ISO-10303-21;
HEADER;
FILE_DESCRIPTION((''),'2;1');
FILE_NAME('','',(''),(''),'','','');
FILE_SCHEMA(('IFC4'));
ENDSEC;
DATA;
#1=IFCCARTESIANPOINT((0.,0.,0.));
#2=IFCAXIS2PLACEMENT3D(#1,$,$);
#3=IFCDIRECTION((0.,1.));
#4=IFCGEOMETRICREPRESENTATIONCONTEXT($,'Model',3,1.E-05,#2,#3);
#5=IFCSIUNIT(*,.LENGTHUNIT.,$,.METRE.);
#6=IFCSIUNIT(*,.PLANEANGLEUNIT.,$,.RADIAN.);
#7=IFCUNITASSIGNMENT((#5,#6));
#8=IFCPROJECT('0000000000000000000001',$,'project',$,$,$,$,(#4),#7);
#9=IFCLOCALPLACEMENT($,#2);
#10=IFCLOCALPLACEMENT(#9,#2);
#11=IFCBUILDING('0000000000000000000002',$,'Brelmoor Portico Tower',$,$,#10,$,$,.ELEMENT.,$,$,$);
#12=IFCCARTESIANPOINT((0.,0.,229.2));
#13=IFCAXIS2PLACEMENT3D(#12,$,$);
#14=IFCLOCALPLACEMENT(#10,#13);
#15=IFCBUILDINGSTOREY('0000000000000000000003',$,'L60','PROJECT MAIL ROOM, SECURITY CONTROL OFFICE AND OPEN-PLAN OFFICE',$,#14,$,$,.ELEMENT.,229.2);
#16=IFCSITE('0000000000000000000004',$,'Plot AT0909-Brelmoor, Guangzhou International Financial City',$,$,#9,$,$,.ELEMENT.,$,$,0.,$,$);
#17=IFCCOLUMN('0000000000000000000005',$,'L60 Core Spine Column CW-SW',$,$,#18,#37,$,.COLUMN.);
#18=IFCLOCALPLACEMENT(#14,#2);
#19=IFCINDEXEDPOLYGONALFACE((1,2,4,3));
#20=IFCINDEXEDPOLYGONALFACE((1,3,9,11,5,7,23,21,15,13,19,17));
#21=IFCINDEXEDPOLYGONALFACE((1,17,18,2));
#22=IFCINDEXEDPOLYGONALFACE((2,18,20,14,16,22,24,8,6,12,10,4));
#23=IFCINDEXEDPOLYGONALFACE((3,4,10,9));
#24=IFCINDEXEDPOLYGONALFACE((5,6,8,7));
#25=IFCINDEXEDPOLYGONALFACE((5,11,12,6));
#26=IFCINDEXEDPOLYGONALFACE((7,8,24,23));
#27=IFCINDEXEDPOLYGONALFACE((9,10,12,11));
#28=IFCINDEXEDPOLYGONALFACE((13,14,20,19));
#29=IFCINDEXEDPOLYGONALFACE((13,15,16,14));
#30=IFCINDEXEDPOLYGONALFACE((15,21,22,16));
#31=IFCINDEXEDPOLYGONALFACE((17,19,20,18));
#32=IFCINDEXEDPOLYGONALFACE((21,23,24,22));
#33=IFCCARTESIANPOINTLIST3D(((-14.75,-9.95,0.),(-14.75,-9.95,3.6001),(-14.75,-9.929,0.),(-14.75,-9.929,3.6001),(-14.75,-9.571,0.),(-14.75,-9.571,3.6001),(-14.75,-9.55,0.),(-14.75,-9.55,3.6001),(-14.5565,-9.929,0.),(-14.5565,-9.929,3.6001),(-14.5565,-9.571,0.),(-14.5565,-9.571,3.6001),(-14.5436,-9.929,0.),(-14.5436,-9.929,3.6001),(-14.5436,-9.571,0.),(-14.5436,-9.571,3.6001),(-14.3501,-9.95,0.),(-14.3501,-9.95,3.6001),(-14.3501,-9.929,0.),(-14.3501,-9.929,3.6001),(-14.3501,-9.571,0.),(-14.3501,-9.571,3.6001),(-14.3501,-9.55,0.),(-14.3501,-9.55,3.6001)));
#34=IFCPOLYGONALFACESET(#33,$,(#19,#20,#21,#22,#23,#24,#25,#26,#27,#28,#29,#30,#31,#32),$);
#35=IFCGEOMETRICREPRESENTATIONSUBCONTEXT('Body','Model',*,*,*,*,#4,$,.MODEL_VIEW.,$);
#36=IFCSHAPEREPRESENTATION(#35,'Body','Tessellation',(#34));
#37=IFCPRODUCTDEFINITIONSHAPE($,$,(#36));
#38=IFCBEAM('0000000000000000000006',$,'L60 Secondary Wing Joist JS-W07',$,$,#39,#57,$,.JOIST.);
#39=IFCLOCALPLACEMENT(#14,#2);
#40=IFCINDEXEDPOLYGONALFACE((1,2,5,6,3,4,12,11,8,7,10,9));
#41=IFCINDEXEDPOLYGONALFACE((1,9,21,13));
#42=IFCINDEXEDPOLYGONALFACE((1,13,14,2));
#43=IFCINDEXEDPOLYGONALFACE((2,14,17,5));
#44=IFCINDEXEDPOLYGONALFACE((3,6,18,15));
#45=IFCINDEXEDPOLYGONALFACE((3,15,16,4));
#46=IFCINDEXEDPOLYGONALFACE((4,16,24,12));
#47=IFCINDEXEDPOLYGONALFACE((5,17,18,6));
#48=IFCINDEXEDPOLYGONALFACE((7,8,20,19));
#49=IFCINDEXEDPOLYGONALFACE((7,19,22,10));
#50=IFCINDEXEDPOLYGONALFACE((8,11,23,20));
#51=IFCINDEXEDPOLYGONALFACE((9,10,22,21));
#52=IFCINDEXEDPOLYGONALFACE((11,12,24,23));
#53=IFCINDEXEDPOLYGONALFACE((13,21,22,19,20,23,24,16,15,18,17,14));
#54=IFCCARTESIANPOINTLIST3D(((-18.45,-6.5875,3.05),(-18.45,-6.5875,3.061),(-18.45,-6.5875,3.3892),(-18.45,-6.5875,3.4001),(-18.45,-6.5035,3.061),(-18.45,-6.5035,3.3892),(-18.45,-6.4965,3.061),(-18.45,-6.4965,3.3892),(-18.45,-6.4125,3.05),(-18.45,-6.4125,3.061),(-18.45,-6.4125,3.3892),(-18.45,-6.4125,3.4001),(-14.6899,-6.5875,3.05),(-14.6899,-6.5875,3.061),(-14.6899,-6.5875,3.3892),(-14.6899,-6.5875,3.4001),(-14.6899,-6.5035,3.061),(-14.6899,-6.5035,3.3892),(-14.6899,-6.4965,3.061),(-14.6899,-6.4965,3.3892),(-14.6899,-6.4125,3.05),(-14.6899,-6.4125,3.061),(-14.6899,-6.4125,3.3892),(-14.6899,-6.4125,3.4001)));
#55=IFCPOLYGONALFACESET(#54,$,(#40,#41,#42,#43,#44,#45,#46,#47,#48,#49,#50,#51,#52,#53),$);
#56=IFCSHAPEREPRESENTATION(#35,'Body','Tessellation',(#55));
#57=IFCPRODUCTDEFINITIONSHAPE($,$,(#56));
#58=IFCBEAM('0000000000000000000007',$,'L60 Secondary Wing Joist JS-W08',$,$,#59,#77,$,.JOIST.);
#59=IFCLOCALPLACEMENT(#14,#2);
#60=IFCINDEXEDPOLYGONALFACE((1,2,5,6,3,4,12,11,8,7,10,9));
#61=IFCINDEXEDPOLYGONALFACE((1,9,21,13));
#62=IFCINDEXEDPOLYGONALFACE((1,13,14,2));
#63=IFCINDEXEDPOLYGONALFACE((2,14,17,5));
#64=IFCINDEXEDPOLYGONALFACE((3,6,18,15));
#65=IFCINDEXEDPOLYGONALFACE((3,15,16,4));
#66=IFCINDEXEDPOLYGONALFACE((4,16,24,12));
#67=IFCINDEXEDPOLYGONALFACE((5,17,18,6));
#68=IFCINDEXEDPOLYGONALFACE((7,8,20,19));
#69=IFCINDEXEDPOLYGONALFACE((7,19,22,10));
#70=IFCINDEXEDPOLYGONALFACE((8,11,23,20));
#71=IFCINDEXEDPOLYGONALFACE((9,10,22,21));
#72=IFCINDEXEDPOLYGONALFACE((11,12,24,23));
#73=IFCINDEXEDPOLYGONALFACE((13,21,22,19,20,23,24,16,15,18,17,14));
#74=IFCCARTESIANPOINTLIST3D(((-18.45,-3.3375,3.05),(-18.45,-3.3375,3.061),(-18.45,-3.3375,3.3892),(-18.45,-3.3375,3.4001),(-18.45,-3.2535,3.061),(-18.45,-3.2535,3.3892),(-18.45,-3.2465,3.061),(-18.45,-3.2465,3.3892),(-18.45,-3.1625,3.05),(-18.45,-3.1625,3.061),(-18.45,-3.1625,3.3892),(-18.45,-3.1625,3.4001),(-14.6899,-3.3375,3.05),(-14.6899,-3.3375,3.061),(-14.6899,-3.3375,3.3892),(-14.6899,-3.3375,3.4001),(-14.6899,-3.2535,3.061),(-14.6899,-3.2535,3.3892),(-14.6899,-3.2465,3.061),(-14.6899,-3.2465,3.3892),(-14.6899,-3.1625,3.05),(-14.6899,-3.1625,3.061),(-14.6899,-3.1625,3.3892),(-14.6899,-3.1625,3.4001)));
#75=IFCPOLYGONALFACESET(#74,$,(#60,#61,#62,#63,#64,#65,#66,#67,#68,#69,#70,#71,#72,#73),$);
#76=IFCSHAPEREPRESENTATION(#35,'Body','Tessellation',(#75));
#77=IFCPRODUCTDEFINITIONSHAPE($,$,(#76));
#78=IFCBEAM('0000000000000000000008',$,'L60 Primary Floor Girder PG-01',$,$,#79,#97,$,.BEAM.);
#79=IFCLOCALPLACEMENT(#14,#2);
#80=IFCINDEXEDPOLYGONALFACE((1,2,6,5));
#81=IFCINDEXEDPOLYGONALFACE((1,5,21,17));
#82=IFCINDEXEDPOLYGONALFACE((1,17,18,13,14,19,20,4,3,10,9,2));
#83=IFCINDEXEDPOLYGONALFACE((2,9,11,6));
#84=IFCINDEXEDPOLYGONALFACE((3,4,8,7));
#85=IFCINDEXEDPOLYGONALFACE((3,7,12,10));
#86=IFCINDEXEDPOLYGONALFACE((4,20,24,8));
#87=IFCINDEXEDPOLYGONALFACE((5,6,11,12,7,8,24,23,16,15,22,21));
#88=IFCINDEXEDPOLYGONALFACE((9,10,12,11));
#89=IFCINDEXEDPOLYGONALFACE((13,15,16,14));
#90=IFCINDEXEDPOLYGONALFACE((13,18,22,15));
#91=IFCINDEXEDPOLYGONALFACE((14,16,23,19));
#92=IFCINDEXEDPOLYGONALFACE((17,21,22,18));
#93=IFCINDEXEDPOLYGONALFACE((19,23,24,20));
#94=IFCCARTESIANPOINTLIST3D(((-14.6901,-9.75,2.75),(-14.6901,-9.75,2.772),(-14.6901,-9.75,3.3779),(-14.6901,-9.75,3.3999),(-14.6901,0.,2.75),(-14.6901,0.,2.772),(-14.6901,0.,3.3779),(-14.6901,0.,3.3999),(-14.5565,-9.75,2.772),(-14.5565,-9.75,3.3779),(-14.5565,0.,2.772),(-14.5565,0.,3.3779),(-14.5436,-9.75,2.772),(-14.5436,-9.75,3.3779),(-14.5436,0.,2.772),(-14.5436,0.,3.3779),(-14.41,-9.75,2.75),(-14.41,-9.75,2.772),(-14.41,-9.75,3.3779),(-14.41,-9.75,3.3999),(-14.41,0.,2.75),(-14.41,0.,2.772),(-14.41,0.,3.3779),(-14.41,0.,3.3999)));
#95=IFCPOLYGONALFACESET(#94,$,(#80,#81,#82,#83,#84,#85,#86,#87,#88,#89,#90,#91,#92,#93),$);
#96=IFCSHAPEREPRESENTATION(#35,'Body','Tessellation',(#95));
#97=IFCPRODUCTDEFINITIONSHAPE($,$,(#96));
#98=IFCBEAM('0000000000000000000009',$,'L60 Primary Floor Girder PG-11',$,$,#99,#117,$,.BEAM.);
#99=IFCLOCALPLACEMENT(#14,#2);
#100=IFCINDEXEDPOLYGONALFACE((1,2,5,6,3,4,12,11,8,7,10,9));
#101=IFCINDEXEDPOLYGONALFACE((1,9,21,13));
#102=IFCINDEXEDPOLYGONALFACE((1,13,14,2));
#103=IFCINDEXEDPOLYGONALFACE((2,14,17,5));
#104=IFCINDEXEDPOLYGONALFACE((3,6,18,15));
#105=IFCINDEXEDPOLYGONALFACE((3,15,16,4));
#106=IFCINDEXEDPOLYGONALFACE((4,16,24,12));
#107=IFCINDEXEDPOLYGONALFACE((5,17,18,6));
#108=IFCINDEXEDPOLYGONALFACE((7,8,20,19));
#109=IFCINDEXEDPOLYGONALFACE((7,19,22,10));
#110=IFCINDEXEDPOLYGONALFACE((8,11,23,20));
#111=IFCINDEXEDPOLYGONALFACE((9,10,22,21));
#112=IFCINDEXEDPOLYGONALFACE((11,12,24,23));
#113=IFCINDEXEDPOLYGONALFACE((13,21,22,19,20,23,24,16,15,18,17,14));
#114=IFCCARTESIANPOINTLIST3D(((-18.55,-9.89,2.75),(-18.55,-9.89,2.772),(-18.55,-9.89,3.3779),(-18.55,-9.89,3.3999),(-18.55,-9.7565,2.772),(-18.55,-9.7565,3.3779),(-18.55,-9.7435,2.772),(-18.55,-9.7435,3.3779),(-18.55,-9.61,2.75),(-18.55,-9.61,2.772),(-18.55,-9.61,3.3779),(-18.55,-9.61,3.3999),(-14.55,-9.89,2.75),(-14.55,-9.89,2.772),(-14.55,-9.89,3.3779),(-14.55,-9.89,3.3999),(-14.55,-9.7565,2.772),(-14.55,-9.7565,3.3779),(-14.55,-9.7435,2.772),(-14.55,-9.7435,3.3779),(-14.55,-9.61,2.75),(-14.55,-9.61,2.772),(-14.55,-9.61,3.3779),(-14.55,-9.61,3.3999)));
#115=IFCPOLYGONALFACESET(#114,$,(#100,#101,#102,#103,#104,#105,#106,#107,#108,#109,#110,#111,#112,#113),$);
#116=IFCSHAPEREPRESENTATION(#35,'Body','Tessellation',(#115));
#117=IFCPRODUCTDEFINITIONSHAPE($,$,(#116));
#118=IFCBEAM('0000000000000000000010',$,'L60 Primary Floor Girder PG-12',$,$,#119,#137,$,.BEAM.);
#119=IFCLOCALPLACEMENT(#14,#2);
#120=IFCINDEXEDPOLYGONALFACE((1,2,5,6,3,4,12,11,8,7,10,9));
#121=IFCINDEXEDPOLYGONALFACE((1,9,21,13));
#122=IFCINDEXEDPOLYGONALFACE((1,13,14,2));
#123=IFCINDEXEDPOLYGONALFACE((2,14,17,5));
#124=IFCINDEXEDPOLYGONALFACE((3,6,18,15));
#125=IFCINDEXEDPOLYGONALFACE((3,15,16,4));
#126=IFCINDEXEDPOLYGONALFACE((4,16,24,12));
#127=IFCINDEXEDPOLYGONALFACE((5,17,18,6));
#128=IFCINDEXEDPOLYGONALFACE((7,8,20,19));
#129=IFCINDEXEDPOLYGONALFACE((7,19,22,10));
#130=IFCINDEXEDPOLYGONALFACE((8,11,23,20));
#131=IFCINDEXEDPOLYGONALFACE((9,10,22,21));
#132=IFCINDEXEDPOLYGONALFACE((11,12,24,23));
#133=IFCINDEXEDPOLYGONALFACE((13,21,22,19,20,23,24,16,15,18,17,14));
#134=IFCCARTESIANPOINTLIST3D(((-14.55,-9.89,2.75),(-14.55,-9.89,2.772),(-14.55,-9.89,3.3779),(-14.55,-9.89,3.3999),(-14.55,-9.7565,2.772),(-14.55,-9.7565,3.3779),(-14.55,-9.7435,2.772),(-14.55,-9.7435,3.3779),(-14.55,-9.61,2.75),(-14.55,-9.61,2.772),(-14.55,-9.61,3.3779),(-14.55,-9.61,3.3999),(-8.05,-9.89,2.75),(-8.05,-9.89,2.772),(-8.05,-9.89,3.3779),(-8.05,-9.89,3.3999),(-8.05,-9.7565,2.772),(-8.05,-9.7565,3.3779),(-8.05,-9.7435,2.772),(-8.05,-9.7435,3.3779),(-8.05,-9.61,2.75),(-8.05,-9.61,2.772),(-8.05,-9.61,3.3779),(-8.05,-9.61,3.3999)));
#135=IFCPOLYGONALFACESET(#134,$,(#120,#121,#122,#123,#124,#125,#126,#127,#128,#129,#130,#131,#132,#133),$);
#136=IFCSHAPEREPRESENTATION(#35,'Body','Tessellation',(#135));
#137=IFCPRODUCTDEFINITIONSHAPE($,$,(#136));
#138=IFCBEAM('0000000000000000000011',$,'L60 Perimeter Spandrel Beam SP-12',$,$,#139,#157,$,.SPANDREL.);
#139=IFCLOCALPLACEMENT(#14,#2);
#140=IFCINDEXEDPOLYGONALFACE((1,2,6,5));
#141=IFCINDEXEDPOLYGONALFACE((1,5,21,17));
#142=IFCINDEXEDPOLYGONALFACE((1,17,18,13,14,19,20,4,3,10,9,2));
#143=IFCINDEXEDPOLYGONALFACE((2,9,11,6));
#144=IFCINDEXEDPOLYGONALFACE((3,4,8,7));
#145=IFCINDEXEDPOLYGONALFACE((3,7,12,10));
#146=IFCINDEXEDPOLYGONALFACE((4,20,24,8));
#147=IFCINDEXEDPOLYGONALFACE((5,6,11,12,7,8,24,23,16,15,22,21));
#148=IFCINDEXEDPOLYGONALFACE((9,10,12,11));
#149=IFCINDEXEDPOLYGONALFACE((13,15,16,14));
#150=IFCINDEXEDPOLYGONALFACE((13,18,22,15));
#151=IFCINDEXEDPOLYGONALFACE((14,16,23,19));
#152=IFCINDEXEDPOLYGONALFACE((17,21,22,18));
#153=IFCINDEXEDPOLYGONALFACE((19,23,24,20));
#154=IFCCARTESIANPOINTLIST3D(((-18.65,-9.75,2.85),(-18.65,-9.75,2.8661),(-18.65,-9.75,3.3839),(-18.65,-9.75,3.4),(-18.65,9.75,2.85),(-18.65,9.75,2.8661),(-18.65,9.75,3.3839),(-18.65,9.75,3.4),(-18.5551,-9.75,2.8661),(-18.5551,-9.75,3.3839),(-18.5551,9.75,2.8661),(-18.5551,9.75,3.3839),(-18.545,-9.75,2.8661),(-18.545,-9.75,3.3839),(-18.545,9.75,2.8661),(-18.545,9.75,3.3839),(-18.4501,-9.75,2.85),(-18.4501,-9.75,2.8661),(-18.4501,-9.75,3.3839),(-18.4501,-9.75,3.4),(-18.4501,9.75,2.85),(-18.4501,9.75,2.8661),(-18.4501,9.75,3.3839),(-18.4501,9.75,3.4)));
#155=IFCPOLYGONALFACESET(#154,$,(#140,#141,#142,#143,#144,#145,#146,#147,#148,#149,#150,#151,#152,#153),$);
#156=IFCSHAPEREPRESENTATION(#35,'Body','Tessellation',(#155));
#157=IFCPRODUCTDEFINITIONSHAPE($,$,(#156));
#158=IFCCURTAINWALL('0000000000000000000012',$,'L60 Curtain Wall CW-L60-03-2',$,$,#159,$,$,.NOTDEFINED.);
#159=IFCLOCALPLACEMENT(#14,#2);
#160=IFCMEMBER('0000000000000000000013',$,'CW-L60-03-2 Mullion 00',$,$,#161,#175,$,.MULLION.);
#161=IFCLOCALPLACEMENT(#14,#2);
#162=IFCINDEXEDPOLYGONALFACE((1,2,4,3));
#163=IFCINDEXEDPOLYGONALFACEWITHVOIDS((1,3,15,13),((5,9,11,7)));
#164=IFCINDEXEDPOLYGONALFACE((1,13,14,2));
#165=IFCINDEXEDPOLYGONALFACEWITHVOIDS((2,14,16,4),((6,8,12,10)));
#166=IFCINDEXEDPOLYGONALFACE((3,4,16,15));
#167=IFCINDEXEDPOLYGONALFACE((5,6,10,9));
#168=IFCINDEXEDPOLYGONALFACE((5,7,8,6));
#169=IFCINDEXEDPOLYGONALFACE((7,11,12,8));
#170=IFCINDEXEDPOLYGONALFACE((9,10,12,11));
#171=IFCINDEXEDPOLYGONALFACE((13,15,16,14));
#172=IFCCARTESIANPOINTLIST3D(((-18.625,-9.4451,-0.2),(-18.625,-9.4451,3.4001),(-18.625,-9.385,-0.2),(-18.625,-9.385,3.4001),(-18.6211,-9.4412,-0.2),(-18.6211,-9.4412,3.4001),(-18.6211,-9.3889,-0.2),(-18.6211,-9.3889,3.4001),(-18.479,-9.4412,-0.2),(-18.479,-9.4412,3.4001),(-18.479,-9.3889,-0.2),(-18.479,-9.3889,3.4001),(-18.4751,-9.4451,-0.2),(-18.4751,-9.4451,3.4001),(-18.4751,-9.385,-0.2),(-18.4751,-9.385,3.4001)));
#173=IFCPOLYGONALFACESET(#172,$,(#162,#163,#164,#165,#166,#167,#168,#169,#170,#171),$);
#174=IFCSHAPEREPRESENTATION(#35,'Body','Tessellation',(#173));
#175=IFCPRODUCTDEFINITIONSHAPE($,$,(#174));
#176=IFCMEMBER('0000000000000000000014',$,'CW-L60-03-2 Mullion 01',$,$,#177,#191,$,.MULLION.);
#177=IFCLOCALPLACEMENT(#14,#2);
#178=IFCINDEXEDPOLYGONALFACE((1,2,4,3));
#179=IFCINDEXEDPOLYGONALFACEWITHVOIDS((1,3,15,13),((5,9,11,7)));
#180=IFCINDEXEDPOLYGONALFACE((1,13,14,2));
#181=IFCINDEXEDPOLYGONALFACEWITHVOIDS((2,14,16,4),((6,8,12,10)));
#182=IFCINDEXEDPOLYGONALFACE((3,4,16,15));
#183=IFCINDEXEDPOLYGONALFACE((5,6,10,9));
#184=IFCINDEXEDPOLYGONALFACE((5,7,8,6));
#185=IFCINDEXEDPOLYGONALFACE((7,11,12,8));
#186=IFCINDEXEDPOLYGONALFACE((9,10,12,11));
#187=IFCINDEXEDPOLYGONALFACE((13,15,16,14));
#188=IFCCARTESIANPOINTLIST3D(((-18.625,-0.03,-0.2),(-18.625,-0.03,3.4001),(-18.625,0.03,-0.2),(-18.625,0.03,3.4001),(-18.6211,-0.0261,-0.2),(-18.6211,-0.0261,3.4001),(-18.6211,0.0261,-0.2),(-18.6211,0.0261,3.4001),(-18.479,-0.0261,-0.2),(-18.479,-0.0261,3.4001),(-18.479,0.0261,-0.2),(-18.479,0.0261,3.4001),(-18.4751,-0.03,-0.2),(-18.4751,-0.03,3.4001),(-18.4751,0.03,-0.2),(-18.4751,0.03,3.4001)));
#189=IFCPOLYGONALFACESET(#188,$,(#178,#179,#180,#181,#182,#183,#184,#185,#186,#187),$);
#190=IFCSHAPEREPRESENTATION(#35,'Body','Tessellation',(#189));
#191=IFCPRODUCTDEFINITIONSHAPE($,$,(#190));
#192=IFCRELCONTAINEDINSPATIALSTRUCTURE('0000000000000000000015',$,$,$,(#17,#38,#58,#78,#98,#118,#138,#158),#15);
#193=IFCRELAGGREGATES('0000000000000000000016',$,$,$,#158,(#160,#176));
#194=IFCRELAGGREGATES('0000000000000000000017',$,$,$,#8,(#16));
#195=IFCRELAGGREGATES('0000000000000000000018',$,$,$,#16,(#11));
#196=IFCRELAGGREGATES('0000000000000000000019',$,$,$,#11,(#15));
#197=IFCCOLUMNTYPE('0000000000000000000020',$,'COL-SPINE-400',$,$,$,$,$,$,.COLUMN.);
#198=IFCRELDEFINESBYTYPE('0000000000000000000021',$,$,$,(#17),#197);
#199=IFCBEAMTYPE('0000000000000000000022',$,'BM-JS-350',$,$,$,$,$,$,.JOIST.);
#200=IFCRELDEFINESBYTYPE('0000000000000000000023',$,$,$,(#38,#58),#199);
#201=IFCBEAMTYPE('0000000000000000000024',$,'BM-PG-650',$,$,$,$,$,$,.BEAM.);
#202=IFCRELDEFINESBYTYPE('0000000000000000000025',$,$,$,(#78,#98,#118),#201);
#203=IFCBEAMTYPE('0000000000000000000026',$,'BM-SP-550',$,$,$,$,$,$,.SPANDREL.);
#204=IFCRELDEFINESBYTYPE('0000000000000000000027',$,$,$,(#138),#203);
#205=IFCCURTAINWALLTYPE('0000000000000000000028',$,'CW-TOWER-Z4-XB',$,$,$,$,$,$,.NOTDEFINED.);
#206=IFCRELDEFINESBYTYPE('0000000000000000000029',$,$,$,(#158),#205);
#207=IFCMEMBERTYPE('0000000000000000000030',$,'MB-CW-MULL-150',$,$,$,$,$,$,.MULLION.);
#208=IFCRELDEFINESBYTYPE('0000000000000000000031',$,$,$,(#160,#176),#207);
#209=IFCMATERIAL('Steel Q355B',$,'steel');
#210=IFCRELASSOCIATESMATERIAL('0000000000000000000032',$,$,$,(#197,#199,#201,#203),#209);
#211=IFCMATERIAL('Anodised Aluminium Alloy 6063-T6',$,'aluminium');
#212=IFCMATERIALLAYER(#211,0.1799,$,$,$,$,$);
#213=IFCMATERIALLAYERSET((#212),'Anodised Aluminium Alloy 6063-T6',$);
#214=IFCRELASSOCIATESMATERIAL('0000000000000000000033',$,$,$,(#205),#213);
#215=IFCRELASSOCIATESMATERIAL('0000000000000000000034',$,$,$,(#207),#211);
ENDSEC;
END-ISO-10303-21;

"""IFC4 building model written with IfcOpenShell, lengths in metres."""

from ifc_helpers import new_model, si_unit, direction, frame, origin, origin_2d, place, context, subcontext, project, spatial, hollow_rectangle, i_section, extrude, material, layer, layer_set, material_profile, profile_set, type_object, element, aggregate, save


model = new_model("IFC4")

# Units and contexts
model_context = context("Model", 3, precision=1e-05, world=origin(), true_north=direction((0.0, 1.0)))
body_context = subcontext(model_context, "Body", "Model", "MODEL_VIEW")
ifc_project = project(units=[si_unit("LENGTHUNIT", "METRE"), si_unit("PLANEANGLEUNIT", "RADIAN")], contexts=[model_context])

# Site, building, storey
site_placement = place(None, origin())
site = spatial("IfcSite", under=ifc_project, at=site_placement, Name="Plot AT0909-Brelmoor, Guangzhou International Financial City", CompositionType="ELEMENT", RefElevation=0.0)
building_placement = place(site_placement, origin())
building = spatial("IfcBuilding", under=site, at=building_placement, Name="Brelmoor Portico Tower", CompositionType="ELEMENT")
storey_placement = place(building_placement, frame((0.0, 0.0, 229.2)))
storey = spatial("IfcBuildingStorey", under=building, at=storey_placement, Name="L60", Description="PROJECT MAIL ROOM, SECURITY CONTROL OFFICE AND OPEN-PLAN OFFICE", CompositionType="ELEMENT", Elevation=229.2)

# Column
ifc_material_1 = material(Name="Steel Q355B", Category="steel")
ifc_material_profile_1 = material_profile(ifc_material_1, i_section(OverallWidth=0.3999, OverallDepth=0.3999, WebThickness=0.0129, FlangeThickness=0.021, at=origin_2d()), Name="HW 400x400x13x21")
ifc_profile_set_1 = profile_set([ifc_material_profile_1], Name="Steel Q355B")
column_type = type_object("IfcColumnType", Name="COL-SPINE-400", PredefinedType="COLUMN", material=ifc_profile_set_1)
column_placement = place(storey_placement, frame((-14.55, -9.75, 0.0), z_axis=(0.0, 0.0, 1.0), x_axis=(1.0, 0.0, 0.0)))
element("IfcColumn", 1, at=column_placement, inside=storey, type_object=column_type, Name="L60 Core Spine Column CW-SW", PredefinedType="COLUMN", context=body_context, shape_type="SweptSolid", body=[
    extrude(i_section(OverallWidth=0.3999, OverallDepth=0.3999, WebThickness=0.0129, FlangeThickness=0.021, at=origin_2d()), origin(), (0.0, 0.0, 1.0), 3.6001),
])

# Beams
ifc_material_profile_2 = material_profile(ifc_material_1, i_section(OverallWidth=0.175, OverallDepth=0.3501, WebThickness=0.0071, FlangeThickness=0.011, at=origin_2d()), Name="HN 350x175x7x11")
ifc_profile_set_2 = profile_set([ifc_material_profile_2], Name="Steel Q355B")
beam_type_1 = type_object("IfcBeamType", Name="BM-JS-350", PredefinedType="JOIST", material=ifc_profile_set_2)
for number, where, z_axis, x_axis, name in (
    (2, (-18.45, -6.5, 3.2251), (1.0, 0.0, 0.0), (0.0, 1.0, 0.0), "L60 Secondary Wing Joist JS-W07"),
    (3, (-18.45, -3.25, 3.2251), (1.0, 0.0, 0.0), (0.0, 1.0, 0.0), "L60 Secondary Wing Joist JS-W08"),
):
    element("IfcBeam", number, at=place(storey_placement, frame(where, z_axis=z_axis, x_axis=x_axis)), inside=storey, type_object=beam_type_1, Name=name, PredefinedType="JOIST", context=body_context, shape_type="SweptSolid", body=[
        extrude(i_section(OverallWidth=0.175, OverallDepth=0.3501, WebThickness=0.0071, FlangeThickness=0.011, at=origin_2d()), origin(), (0.0, 0.0, 1.0), 3.76),
    ])
ifc_material_profile_3 = material_profile(ifc_material_1, i_section(OverallWidth=0.28, OverallDepth=0.6499, WebThickness=0.0129, FlangeThickness=0.022, at=origin_2d()), Name="HN 650x280x13x22")
ifc_profile_set_3 = profile_set([ifc_material_profile_3], Name="Steel Q355B")
beam_type_2 = type_object("IfcBeamType", Name="BM-PG-650", PredefinedType="BEAM", material=ifc_profile_set_3)
beam_1_placement = place(storey_placement, frame((-14.55, -9.75, 3.075), z_axis=(0.0, 1.0, 0.0), x_axis=(-1.0, 0.0, 0.0)))
element("IfcBeam", 4, at=beam_1_placement, inside=storey, type_object=beam_type_2, Name="L60 Primary Floor Girder PG-01", PredefinedType="BEAM", context=body_context, shape_type="SweptSolid", body=[
    extrude(i_section(OverallWidth=0.28, OverallDepth=0.6499, WebThickness=0.0129, FlangeThickness=0.022, at=origin_2d()), origin(), (0.0, 0.0, 1.0), 9.75),
])
beam_2_placement = place(storey_placement, frame((-18.55, -9.75, 3.075), z_axis=(1.0, 0.0, 0.0), x_axis=(0.0, 1.0, 0.0)))
element("IfcBeam", 5, at=beam_2_placement, inside=storey, type_object=beam_type_2, Name="L60 Primary Floor Girder PG-11", PredefinedType="BEAM", context=body_context, shape_type="SweptSolid", body=[
    extrude(i_section(OverallWidth=0.28, OverallDepth=0.6499, WebThickness=0.0129, FlangeThickness=0.022, at=origin_2d()), origin(), (0.0, 0.0, 1.0), 4.0),
])
beam_3_placement = place(storey_placement, frame((-14.55, -9.75, 3.075), z_axis=(1.0, 0.0, 0.0), x_axis=(0.0, 1.0, 0.0)))
element("IfcBeam", 6, at=beam_3_placement, inside=storey, type_object=beam_type_2, Name="L60 Primary Floor Girder PG-12", PredefinedType="BEAM", context=body_context, shape_type="SweptSolid", body=[
    extrude(i_section(OverallWidth=0.28, OverallDepth=0.6499, WebThickness=0.0129, FlangeThickness=0.022, at=origin_2d()), origin(), (0.0, 0.0, 1.0), 6.5),
])
ifc_material_profile_4 = material_profile(ifc_material_1, i_section(OverallWidth=0.2, OverallDepth=0.55, WebThickness=0.01, FlangeThickness=0.0161, at=origin_2d()), Name="HN 550x200x10x16")
ifc_profile_set_4 = profile_set([ifc_material_profile_4], Name="Steel Q355B")
beam_type_3 = type_object("IfcBeamType", Name="BM-SP-550", PredefinedType="SPANDREL", material=ifc_profile_set_4)
beam_4_placement = place(storey_placement, frame((-18.55, -9.75, 3.125), z_axis=(0.0, 1.0, 0.0), x_axis=(-1.0, 0.0, 0.0)))
element("IfcBeam", 7, at=beam_4_placement, inside=storey, type_object=beam_type_3, Name="L60 Perimeter Spandrel Beam SP-12", PredefinedType="SPANDREL", context=body_context, shape_type="SweptSolid", body=[
    extrude(i_section(OverallWidth=0.2, OverallDepth=0.55, WebThickness=0.01, FlangeThickness=0.0161, at=origin_2d()), origin(), (0.0, 0.0, 1.0), 19.5),
])

# Curtain wall, members
ifc_material_2 = material(Name="Anodised Aluminium Alloy 6063-T6", Category="aluminium")
ifc_layer_1 = layer(ifc_material_2, 0.1799)
ifc_layer_set_1 = layer_set([ifc_layer_1], Name="Anodised Aluminium Alloy 6063-T6")
curtain_wall_type = type_object("IfcCurtainWallType", Name="CW-TOWER-Z4-XB", PredefinedType="NOTDEFINED", material=ifc_layer_set_1)
curtain_wall_placement = place(storey_placement, origin())
curtain_wall = element("IfcCurtainWall", 8, at=curtain_wall_placement, inside=storey, type_object=curtain_wall_type, Name="L60 Curtain Wall CW-L60-03-2", PredefinedType="NOTDEFINED")
ifc_material_profile_5 = material_profile(ifc_material_2, hollow_rectangle(XDim=0.0601, YDim=0.1499, WallThickness=0.0039, at=origin_2d()), Name="ALU MULLION 60x150")
ifc_profile_set_5 = profile_set([ifc_material_profile_5], Name="Anodised Aluminium Alloy 6063-T6")
member_type_1 = type_object("IfcMemberType", Name="MB-CW-MULL-150", PredefinedType="MULLION", material=ifc_profile_set_5)
member_1_placement = place(storey_placement, frame((-18.55, -9.415, -0.2), z_axis=(0.0, 0.0, 1.0), x_axis=(0.0, 1.0, 0.0)))
member_1 = element("IfcMember", 9, at=member_1_placement, type_object=member_type_1, Name="CW-L60-03-2 Mullion 00", PredefinedType="MULLION", context=body_context, shape_type="SweptSolid", body=[
    extrude(hollow_rectangle(XDim=0.0601, YDim=0.1499, WallThickness=0.0039, at=origin_2d()), origin(), (0.0, 0.0, 1.0), 3.6001),
])
member_2_placement = place(storey_placement, frame((-18.55, 0.0, -0.2), z_axis=(0.0, 0.0, 1.0), x_axis=(0.0, 1.0, 0.0)))
member_2 = element("IfcMember", 10, at=member_2_placement, type_object=member_type_1, Name="CW-L60-03-2 Mullion 01", PredefinedType="MULLION", context=body_context, shape_type="SweptSolid", body=[
    extrude(hollow_rectangle(XDim=0.0601, YDim=0.1499, WallThickness=0.0039, at=origin_2d()), origin(), (0.0, 0.0, 1.0), 3.6001),
])
aggregate(curtain_wall, [member_1, member_2])

save(model, "model.ifc")
